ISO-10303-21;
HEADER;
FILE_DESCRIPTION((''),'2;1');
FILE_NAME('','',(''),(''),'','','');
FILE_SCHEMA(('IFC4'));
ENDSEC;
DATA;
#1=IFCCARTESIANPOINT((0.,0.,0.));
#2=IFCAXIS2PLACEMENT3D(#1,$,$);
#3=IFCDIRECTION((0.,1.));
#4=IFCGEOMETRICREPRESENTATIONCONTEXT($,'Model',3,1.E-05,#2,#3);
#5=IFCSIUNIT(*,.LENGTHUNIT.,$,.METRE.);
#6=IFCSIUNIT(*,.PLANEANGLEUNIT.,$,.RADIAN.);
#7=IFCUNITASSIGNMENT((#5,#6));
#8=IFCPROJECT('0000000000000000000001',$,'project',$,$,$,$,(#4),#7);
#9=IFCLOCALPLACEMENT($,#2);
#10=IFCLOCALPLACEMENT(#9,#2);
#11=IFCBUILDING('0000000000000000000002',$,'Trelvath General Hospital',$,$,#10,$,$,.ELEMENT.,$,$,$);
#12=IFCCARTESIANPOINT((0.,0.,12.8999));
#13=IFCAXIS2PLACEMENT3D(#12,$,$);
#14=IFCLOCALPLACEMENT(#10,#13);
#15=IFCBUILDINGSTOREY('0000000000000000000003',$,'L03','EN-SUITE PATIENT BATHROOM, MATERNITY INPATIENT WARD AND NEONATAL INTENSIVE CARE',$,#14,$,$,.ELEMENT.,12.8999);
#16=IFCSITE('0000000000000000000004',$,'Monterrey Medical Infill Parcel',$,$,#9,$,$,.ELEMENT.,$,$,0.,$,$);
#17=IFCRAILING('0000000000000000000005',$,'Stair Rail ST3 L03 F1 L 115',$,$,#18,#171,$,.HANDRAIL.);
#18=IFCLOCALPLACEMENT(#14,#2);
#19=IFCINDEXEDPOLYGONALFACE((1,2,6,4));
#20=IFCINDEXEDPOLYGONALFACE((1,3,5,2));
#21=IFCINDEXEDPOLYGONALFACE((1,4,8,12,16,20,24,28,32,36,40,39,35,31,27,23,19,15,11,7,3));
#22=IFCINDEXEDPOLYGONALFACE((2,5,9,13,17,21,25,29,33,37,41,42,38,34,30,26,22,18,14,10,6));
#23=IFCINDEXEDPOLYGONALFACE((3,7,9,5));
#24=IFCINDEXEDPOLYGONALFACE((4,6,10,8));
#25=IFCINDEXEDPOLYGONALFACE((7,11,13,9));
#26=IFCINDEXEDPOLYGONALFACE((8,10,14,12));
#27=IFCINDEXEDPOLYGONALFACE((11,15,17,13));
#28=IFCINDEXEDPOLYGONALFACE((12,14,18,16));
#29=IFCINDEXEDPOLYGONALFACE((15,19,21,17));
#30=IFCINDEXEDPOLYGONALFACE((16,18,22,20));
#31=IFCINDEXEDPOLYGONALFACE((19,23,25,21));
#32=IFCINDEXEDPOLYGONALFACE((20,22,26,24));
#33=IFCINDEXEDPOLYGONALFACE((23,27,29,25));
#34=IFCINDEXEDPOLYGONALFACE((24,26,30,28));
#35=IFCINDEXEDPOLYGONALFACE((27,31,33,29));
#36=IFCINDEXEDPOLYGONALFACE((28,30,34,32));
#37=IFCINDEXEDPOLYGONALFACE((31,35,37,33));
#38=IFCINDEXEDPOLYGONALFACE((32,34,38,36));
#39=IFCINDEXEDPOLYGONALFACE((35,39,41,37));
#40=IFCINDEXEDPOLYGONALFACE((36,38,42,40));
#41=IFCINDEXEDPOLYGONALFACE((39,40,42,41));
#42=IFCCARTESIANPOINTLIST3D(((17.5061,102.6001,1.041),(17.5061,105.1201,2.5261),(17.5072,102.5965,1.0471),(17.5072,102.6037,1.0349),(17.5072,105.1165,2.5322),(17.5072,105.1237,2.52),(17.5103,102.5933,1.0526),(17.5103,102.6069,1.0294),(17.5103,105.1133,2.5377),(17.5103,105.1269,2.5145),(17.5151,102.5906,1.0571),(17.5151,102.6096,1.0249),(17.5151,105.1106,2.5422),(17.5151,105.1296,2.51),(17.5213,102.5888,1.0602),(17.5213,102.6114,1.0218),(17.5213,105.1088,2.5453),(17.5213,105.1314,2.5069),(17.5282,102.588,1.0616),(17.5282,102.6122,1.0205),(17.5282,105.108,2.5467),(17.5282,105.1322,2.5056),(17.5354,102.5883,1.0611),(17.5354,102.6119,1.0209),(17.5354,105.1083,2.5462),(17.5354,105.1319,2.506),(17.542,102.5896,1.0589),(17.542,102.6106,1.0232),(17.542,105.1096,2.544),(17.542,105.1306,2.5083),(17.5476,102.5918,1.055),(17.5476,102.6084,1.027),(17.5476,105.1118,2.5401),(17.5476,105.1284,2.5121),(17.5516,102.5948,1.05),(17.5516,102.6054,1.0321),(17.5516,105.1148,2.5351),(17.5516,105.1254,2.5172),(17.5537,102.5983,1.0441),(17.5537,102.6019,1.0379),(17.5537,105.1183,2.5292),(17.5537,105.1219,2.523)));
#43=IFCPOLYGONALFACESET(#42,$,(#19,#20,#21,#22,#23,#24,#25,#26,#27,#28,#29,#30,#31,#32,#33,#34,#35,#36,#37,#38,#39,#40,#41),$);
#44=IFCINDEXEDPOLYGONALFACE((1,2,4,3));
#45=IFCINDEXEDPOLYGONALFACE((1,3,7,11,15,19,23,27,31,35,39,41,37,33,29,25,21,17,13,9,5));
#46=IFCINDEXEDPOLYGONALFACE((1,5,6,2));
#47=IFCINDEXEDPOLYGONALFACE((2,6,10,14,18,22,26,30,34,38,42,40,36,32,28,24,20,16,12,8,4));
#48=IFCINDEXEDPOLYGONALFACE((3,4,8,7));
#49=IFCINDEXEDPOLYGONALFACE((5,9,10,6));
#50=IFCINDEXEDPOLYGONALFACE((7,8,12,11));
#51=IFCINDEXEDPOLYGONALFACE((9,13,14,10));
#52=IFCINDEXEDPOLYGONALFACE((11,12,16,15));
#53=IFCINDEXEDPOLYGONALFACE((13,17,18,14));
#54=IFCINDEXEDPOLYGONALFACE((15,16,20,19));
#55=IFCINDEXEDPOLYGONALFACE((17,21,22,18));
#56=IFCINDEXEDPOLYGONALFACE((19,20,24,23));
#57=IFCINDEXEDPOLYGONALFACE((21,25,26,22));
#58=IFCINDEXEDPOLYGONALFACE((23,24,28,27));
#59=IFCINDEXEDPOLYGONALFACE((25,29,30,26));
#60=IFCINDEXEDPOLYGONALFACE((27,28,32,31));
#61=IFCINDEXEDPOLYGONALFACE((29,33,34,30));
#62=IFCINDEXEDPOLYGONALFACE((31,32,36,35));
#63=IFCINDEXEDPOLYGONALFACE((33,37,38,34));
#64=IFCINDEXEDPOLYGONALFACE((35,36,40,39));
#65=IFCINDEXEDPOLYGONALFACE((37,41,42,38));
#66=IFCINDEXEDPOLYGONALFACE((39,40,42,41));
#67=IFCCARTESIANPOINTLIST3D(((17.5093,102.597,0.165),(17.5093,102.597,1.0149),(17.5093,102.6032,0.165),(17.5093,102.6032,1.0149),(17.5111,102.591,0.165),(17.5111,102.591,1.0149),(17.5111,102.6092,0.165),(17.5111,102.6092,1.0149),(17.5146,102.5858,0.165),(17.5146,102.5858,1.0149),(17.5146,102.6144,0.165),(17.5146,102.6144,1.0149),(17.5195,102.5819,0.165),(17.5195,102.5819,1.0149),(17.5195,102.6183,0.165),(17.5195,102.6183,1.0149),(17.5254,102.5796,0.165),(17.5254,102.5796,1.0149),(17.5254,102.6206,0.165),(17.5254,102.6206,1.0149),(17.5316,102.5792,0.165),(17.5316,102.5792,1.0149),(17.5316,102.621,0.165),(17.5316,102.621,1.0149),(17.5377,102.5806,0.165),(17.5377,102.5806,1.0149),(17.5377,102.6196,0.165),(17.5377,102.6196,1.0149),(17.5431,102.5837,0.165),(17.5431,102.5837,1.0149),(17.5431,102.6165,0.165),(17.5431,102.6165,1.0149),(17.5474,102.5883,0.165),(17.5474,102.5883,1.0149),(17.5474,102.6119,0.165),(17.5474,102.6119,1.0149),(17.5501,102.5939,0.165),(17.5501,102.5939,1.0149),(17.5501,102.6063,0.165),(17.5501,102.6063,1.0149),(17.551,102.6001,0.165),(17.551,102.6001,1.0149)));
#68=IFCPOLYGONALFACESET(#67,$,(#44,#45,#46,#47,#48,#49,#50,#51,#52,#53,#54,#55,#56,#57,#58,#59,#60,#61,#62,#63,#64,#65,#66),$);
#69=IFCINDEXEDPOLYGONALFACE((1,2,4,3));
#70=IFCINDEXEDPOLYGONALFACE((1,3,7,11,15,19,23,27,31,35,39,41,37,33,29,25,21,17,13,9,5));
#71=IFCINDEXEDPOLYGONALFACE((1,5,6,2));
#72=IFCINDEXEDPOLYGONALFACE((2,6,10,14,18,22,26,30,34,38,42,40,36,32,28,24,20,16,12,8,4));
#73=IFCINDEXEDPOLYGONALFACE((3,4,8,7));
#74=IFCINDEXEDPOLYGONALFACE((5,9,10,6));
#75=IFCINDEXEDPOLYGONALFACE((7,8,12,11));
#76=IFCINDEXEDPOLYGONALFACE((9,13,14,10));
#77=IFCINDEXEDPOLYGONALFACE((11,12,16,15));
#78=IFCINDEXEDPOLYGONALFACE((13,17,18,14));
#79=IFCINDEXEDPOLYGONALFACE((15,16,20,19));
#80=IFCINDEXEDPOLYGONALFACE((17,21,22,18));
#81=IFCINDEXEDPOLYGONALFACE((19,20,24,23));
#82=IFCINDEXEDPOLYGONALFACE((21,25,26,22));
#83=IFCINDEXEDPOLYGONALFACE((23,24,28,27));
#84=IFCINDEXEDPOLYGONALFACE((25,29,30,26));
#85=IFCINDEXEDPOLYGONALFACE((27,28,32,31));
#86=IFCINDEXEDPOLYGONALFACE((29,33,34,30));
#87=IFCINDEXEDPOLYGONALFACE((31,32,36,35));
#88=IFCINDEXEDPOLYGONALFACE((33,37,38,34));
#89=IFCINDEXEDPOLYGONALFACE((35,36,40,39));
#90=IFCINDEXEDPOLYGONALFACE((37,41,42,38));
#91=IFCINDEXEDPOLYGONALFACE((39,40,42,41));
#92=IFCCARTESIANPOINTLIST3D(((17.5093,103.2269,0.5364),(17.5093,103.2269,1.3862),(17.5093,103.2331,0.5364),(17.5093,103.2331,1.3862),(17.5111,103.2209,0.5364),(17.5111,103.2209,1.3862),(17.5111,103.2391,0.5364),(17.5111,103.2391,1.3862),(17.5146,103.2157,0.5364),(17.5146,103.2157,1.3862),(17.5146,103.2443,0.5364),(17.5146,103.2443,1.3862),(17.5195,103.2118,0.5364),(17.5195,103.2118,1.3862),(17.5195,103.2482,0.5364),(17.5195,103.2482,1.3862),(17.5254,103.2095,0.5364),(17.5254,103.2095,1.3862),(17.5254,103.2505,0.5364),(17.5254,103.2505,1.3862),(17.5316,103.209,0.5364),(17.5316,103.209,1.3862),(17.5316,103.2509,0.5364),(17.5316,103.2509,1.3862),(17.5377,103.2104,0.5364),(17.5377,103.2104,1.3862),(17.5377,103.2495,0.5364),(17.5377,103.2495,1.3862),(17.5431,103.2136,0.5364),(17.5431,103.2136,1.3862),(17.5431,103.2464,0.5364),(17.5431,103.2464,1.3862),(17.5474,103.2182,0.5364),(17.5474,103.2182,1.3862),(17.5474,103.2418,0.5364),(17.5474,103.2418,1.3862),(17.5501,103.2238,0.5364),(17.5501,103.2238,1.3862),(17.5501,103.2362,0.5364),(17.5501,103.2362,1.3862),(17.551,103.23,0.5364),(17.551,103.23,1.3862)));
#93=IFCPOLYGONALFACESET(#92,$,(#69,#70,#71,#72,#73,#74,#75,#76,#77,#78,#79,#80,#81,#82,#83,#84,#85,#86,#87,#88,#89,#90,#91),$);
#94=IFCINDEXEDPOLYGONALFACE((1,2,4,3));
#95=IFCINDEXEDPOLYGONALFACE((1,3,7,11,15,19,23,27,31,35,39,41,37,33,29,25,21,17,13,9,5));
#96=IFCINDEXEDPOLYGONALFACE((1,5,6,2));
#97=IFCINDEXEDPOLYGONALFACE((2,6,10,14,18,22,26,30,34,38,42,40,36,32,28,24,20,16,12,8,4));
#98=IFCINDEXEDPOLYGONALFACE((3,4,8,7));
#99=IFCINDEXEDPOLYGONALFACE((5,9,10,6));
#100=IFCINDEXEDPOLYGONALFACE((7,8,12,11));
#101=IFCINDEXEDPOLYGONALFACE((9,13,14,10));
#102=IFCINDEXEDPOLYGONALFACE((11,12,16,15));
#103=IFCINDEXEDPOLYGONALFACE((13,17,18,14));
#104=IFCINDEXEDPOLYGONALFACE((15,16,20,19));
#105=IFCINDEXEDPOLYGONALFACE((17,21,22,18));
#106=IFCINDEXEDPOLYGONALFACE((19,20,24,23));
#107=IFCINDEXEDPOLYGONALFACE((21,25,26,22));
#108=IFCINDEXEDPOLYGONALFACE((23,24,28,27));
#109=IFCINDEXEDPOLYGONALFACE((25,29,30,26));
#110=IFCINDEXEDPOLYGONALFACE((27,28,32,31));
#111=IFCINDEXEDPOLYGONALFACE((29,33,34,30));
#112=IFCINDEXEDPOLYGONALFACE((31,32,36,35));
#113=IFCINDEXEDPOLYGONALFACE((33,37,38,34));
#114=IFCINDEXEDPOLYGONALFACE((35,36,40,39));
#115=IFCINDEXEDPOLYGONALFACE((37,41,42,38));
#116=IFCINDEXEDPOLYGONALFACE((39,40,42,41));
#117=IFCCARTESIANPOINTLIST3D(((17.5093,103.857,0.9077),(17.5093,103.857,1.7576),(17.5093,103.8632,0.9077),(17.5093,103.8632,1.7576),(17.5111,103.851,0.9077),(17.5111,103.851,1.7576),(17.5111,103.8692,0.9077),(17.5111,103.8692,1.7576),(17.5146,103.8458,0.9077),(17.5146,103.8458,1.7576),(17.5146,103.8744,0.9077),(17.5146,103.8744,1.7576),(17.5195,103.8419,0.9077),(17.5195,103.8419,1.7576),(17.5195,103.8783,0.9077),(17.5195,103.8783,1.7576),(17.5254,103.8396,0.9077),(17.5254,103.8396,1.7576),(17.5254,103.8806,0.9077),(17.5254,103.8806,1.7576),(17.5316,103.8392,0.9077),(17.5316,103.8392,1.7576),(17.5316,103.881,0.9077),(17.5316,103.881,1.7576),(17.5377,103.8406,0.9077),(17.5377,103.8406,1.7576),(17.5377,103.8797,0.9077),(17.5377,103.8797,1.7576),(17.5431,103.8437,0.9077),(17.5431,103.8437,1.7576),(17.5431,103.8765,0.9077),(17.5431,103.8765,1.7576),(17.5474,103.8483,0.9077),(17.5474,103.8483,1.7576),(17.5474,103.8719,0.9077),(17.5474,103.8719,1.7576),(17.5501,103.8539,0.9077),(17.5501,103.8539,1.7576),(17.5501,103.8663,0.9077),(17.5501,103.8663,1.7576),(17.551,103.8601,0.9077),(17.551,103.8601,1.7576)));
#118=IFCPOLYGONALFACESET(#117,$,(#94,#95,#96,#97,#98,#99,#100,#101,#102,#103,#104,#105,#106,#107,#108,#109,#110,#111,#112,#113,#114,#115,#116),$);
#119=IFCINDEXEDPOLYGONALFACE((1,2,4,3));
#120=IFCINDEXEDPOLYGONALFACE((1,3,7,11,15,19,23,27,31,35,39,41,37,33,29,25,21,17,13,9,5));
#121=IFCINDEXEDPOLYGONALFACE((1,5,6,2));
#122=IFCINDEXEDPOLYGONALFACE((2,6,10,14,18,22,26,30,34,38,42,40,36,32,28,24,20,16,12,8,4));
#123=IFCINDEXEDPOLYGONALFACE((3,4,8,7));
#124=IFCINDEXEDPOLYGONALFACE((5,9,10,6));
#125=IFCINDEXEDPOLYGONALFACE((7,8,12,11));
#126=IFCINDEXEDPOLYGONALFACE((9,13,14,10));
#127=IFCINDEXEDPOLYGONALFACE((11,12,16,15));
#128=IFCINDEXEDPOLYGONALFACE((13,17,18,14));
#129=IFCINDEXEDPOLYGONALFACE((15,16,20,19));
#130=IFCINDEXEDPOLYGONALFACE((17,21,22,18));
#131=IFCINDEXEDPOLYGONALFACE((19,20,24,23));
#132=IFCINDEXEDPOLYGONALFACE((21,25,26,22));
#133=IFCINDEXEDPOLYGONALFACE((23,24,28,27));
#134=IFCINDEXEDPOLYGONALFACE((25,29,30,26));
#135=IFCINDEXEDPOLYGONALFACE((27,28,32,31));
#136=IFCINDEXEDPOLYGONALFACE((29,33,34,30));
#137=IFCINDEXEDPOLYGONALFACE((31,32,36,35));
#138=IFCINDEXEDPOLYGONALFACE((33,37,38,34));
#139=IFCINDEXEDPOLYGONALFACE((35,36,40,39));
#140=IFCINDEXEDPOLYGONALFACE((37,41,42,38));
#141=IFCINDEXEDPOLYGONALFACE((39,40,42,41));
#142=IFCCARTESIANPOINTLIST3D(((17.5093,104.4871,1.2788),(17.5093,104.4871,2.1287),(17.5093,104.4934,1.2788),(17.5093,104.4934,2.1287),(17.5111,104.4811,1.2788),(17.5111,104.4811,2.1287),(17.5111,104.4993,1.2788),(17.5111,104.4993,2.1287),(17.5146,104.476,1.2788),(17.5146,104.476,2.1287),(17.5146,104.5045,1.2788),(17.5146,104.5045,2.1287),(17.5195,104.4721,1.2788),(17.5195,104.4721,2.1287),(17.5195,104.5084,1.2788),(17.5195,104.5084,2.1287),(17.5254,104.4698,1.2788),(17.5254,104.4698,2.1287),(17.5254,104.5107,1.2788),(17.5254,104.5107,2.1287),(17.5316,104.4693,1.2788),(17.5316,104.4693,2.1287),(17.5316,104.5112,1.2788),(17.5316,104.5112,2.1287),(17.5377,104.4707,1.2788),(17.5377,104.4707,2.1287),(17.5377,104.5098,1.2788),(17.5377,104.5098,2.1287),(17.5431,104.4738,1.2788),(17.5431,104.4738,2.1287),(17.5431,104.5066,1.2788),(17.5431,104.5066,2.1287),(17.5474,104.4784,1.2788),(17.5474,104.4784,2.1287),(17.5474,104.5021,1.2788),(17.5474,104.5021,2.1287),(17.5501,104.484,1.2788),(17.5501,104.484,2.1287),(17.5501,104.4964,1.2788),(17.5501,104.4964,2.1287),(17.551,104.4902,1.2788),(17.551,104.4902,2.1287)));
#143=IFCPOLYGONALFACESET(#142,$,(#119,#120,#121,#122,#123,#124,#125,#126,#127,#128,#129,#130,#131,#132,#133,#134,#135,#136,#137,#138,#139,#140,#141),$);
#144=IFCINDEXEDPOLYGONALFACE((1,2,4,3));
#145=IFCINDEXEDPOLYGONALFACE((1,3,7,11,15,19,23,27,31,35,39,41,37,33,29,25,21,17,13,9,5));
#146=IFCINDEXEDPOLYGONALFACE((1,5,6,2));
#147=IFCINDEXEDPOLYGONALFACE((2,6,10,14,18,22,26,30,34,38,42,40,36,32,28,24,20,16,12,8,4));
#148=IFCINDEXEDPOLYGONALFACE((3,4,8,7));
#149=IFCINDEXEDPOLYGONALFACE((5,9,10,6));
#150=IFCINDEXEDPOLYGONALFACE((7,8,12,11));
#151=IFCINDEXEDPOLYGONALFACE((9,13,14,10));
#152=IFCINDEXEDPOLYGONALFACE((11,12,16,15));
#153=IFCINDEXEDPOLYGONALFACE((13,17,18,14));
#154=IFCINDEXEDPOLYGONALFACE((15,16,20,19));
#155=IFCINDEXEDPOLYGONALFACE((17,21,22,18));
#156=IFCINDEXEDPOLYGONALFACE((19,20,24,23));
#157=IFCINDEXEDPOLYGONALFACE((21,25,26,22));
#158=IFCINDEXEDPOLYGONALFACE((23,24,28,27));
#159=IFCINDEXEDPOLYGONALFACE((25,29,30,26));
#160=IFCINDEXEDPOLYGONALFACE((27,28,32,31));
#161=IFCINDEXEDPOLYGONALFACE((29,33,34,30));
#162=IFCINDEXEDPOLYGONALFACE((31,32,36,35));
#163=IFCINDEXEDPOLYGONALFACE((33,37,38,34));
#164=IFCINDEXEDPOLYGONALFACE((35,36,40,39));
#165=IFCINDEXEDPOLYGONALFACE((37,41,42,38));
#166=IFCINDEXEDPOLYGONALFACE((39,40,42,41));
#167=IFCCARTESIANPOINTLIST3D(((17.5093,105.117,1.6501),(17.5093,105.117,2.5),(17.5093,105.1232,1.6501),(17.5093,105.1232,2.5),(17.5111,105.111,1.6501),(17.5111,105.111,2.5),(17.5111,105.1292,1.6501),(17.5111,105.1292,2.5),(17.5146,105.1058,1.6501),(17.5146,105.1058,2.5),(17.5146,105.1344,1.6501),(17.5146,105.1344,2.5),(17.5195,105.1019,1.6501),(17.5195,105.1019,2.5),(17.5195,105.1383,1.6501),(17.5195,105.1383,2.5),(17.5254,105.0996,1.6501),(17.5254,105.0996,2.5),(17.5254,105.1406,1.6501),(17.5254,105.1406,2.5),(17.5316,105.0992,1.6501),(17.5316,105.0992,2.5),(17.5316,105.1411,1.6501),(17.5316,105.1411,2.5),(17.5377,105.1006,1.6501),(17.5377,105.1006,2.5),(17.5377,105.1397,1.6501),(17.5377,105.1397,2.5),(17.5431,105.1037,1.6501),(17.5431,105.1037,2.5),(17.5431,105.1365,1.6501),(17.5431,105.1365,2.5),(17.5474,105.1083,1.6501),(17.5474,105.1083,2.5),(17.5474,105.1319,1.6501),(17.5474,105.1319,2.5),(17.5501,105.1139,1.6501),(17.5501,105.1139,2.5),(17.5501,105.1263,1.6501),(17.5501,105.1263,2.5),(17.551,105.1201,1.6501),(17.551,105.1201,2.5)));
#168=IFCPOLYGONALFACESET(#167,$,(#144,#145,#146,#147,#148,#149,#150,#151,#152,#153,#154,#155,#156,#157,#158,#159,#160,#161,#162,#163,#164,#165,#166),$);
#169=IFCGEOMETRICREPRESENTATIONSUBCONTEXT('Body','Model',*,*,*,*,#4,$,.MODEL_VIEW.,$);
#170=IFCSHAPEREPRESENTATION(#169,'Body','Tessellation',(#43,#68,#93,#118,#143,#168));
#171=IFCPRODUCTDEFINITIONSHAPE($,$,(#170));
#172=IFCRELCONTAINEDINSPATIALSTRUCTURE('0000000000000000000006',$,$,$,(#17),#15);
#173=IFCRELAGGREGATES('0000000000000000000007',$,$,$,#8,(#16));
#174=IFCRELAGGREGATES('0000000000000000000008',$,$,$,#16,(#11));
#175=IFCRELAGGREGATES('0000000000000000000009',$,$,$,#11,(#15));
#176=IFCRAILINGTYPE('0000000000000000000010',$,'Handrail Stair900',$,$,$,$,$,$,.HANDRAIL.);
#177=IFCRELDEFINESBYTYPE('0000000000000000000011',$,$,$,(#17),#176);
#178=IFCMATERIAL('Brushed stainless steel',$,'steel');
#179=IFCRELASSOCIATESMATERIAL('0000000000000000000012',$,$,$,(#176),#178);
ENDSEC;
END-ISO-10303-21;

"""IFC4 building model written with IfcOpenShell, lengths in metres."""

from ifc_helpers import new_model, si_unit, direction, frame, origin, origin_2d, place, context, subcontext, project, spatial, circle, extrude, material, type_object, element, save


model = new_model("IFC4")

# Units and contexts
model_context = context("Model", 3, precision=1e-05, world=origin(), true_north=direction((0.0, 1.0)))
body_context = subcontext(model_context, "Body", "Model", "MODEL_VIEW")
ifc_project = project(units=[si_unit("LENGTHUNIT", "METRE"), si_unit("PLANEANGLEUNIT", "RADIAN")], contexts=[model_context])

# Site, building, storey
site_placement = place(None, origin())
site = spatial("IfcSite", under=ifc_project, at=site_placement, Name="Monterrey Medical Infill Parcel", CompositionType="ELEMENT", RefElevation=0.0)
building_placement = place(site_placement, origin())
building = spatial("IfcBuilding", under=site, at=building_placement, Name="Trelvath General Hospital", CompositionType="ELEMENT")
storey_placement = place(building_placement, frame((0.0, 0.0, 12.8999)))
storey = spatial("IfcBuildingStorey", under=building, at=storey_placement, Name="L03", Description="EN-SUITE PATIENT BATHROOM, MATERNITY INPATIENT WARD AND NEONATAL INTENSIVE CARE", CompositionType="ELEMENT", Elevation=12.8999)

# Railing
ifc_material_1 = material(Name="Brushed stainless steel", Category="steel")
railing_type_1 = type_object("IfcRailingType", Name="Handrail Stair900", PredefinedType="HANDRAIL", material=ifc_material_1)
railing_1_placement = place(storey_placement, frame((17.53, 102.6001, 0.165)))
element("IfcRailing", 1, at=railing_1_placement, inside=storey, type_object=railing_type_1, Name="Stair Rail ST3 L03 F1 L 115", PredefinedType="HANDRAIL", context=body_context, shape_type="SweptSolid", body=[
    extrude(circle(Radius=0.0239, at=origin_2d()), frame((0.0, 0.0, 0.876), z_axis=(0.0, 0.861524, 0.507717), x_axis=(-1.0, 0.0, 0.0)), (0.0, 0.0, 1.0), 2.925),
    extrude(circle(Radius=0.021, at=origin_2d()), origin(), (0.0, 0.0, 1.0), 0.8499),
    extrude(circle(Radius=0.021, at=origin_2d()), frame((0.0, 0.6299, 0.3713)), (0.0, 0.0, 1.0), 0.8499),
    extrude(circle(Radius=0.021, at=origin_2d()), frame((0.0, 1.26, 0.7427)), (0.0, 0.0, 1.0), 0.8499),
    extrude(circle(Radius=0.021, at=origin_2d()), frame((0.0, 1.8901, 1.1138)), (0.0, 0.0, 1.0), 0.8499),
    extrude(circle(Radius=0.021, at=origin_2d()), frame((0.0, 2.52, 1.4851)), (0.0, 0.0, 1.0), 0.8499),
])

save(model, "model.ifc")
